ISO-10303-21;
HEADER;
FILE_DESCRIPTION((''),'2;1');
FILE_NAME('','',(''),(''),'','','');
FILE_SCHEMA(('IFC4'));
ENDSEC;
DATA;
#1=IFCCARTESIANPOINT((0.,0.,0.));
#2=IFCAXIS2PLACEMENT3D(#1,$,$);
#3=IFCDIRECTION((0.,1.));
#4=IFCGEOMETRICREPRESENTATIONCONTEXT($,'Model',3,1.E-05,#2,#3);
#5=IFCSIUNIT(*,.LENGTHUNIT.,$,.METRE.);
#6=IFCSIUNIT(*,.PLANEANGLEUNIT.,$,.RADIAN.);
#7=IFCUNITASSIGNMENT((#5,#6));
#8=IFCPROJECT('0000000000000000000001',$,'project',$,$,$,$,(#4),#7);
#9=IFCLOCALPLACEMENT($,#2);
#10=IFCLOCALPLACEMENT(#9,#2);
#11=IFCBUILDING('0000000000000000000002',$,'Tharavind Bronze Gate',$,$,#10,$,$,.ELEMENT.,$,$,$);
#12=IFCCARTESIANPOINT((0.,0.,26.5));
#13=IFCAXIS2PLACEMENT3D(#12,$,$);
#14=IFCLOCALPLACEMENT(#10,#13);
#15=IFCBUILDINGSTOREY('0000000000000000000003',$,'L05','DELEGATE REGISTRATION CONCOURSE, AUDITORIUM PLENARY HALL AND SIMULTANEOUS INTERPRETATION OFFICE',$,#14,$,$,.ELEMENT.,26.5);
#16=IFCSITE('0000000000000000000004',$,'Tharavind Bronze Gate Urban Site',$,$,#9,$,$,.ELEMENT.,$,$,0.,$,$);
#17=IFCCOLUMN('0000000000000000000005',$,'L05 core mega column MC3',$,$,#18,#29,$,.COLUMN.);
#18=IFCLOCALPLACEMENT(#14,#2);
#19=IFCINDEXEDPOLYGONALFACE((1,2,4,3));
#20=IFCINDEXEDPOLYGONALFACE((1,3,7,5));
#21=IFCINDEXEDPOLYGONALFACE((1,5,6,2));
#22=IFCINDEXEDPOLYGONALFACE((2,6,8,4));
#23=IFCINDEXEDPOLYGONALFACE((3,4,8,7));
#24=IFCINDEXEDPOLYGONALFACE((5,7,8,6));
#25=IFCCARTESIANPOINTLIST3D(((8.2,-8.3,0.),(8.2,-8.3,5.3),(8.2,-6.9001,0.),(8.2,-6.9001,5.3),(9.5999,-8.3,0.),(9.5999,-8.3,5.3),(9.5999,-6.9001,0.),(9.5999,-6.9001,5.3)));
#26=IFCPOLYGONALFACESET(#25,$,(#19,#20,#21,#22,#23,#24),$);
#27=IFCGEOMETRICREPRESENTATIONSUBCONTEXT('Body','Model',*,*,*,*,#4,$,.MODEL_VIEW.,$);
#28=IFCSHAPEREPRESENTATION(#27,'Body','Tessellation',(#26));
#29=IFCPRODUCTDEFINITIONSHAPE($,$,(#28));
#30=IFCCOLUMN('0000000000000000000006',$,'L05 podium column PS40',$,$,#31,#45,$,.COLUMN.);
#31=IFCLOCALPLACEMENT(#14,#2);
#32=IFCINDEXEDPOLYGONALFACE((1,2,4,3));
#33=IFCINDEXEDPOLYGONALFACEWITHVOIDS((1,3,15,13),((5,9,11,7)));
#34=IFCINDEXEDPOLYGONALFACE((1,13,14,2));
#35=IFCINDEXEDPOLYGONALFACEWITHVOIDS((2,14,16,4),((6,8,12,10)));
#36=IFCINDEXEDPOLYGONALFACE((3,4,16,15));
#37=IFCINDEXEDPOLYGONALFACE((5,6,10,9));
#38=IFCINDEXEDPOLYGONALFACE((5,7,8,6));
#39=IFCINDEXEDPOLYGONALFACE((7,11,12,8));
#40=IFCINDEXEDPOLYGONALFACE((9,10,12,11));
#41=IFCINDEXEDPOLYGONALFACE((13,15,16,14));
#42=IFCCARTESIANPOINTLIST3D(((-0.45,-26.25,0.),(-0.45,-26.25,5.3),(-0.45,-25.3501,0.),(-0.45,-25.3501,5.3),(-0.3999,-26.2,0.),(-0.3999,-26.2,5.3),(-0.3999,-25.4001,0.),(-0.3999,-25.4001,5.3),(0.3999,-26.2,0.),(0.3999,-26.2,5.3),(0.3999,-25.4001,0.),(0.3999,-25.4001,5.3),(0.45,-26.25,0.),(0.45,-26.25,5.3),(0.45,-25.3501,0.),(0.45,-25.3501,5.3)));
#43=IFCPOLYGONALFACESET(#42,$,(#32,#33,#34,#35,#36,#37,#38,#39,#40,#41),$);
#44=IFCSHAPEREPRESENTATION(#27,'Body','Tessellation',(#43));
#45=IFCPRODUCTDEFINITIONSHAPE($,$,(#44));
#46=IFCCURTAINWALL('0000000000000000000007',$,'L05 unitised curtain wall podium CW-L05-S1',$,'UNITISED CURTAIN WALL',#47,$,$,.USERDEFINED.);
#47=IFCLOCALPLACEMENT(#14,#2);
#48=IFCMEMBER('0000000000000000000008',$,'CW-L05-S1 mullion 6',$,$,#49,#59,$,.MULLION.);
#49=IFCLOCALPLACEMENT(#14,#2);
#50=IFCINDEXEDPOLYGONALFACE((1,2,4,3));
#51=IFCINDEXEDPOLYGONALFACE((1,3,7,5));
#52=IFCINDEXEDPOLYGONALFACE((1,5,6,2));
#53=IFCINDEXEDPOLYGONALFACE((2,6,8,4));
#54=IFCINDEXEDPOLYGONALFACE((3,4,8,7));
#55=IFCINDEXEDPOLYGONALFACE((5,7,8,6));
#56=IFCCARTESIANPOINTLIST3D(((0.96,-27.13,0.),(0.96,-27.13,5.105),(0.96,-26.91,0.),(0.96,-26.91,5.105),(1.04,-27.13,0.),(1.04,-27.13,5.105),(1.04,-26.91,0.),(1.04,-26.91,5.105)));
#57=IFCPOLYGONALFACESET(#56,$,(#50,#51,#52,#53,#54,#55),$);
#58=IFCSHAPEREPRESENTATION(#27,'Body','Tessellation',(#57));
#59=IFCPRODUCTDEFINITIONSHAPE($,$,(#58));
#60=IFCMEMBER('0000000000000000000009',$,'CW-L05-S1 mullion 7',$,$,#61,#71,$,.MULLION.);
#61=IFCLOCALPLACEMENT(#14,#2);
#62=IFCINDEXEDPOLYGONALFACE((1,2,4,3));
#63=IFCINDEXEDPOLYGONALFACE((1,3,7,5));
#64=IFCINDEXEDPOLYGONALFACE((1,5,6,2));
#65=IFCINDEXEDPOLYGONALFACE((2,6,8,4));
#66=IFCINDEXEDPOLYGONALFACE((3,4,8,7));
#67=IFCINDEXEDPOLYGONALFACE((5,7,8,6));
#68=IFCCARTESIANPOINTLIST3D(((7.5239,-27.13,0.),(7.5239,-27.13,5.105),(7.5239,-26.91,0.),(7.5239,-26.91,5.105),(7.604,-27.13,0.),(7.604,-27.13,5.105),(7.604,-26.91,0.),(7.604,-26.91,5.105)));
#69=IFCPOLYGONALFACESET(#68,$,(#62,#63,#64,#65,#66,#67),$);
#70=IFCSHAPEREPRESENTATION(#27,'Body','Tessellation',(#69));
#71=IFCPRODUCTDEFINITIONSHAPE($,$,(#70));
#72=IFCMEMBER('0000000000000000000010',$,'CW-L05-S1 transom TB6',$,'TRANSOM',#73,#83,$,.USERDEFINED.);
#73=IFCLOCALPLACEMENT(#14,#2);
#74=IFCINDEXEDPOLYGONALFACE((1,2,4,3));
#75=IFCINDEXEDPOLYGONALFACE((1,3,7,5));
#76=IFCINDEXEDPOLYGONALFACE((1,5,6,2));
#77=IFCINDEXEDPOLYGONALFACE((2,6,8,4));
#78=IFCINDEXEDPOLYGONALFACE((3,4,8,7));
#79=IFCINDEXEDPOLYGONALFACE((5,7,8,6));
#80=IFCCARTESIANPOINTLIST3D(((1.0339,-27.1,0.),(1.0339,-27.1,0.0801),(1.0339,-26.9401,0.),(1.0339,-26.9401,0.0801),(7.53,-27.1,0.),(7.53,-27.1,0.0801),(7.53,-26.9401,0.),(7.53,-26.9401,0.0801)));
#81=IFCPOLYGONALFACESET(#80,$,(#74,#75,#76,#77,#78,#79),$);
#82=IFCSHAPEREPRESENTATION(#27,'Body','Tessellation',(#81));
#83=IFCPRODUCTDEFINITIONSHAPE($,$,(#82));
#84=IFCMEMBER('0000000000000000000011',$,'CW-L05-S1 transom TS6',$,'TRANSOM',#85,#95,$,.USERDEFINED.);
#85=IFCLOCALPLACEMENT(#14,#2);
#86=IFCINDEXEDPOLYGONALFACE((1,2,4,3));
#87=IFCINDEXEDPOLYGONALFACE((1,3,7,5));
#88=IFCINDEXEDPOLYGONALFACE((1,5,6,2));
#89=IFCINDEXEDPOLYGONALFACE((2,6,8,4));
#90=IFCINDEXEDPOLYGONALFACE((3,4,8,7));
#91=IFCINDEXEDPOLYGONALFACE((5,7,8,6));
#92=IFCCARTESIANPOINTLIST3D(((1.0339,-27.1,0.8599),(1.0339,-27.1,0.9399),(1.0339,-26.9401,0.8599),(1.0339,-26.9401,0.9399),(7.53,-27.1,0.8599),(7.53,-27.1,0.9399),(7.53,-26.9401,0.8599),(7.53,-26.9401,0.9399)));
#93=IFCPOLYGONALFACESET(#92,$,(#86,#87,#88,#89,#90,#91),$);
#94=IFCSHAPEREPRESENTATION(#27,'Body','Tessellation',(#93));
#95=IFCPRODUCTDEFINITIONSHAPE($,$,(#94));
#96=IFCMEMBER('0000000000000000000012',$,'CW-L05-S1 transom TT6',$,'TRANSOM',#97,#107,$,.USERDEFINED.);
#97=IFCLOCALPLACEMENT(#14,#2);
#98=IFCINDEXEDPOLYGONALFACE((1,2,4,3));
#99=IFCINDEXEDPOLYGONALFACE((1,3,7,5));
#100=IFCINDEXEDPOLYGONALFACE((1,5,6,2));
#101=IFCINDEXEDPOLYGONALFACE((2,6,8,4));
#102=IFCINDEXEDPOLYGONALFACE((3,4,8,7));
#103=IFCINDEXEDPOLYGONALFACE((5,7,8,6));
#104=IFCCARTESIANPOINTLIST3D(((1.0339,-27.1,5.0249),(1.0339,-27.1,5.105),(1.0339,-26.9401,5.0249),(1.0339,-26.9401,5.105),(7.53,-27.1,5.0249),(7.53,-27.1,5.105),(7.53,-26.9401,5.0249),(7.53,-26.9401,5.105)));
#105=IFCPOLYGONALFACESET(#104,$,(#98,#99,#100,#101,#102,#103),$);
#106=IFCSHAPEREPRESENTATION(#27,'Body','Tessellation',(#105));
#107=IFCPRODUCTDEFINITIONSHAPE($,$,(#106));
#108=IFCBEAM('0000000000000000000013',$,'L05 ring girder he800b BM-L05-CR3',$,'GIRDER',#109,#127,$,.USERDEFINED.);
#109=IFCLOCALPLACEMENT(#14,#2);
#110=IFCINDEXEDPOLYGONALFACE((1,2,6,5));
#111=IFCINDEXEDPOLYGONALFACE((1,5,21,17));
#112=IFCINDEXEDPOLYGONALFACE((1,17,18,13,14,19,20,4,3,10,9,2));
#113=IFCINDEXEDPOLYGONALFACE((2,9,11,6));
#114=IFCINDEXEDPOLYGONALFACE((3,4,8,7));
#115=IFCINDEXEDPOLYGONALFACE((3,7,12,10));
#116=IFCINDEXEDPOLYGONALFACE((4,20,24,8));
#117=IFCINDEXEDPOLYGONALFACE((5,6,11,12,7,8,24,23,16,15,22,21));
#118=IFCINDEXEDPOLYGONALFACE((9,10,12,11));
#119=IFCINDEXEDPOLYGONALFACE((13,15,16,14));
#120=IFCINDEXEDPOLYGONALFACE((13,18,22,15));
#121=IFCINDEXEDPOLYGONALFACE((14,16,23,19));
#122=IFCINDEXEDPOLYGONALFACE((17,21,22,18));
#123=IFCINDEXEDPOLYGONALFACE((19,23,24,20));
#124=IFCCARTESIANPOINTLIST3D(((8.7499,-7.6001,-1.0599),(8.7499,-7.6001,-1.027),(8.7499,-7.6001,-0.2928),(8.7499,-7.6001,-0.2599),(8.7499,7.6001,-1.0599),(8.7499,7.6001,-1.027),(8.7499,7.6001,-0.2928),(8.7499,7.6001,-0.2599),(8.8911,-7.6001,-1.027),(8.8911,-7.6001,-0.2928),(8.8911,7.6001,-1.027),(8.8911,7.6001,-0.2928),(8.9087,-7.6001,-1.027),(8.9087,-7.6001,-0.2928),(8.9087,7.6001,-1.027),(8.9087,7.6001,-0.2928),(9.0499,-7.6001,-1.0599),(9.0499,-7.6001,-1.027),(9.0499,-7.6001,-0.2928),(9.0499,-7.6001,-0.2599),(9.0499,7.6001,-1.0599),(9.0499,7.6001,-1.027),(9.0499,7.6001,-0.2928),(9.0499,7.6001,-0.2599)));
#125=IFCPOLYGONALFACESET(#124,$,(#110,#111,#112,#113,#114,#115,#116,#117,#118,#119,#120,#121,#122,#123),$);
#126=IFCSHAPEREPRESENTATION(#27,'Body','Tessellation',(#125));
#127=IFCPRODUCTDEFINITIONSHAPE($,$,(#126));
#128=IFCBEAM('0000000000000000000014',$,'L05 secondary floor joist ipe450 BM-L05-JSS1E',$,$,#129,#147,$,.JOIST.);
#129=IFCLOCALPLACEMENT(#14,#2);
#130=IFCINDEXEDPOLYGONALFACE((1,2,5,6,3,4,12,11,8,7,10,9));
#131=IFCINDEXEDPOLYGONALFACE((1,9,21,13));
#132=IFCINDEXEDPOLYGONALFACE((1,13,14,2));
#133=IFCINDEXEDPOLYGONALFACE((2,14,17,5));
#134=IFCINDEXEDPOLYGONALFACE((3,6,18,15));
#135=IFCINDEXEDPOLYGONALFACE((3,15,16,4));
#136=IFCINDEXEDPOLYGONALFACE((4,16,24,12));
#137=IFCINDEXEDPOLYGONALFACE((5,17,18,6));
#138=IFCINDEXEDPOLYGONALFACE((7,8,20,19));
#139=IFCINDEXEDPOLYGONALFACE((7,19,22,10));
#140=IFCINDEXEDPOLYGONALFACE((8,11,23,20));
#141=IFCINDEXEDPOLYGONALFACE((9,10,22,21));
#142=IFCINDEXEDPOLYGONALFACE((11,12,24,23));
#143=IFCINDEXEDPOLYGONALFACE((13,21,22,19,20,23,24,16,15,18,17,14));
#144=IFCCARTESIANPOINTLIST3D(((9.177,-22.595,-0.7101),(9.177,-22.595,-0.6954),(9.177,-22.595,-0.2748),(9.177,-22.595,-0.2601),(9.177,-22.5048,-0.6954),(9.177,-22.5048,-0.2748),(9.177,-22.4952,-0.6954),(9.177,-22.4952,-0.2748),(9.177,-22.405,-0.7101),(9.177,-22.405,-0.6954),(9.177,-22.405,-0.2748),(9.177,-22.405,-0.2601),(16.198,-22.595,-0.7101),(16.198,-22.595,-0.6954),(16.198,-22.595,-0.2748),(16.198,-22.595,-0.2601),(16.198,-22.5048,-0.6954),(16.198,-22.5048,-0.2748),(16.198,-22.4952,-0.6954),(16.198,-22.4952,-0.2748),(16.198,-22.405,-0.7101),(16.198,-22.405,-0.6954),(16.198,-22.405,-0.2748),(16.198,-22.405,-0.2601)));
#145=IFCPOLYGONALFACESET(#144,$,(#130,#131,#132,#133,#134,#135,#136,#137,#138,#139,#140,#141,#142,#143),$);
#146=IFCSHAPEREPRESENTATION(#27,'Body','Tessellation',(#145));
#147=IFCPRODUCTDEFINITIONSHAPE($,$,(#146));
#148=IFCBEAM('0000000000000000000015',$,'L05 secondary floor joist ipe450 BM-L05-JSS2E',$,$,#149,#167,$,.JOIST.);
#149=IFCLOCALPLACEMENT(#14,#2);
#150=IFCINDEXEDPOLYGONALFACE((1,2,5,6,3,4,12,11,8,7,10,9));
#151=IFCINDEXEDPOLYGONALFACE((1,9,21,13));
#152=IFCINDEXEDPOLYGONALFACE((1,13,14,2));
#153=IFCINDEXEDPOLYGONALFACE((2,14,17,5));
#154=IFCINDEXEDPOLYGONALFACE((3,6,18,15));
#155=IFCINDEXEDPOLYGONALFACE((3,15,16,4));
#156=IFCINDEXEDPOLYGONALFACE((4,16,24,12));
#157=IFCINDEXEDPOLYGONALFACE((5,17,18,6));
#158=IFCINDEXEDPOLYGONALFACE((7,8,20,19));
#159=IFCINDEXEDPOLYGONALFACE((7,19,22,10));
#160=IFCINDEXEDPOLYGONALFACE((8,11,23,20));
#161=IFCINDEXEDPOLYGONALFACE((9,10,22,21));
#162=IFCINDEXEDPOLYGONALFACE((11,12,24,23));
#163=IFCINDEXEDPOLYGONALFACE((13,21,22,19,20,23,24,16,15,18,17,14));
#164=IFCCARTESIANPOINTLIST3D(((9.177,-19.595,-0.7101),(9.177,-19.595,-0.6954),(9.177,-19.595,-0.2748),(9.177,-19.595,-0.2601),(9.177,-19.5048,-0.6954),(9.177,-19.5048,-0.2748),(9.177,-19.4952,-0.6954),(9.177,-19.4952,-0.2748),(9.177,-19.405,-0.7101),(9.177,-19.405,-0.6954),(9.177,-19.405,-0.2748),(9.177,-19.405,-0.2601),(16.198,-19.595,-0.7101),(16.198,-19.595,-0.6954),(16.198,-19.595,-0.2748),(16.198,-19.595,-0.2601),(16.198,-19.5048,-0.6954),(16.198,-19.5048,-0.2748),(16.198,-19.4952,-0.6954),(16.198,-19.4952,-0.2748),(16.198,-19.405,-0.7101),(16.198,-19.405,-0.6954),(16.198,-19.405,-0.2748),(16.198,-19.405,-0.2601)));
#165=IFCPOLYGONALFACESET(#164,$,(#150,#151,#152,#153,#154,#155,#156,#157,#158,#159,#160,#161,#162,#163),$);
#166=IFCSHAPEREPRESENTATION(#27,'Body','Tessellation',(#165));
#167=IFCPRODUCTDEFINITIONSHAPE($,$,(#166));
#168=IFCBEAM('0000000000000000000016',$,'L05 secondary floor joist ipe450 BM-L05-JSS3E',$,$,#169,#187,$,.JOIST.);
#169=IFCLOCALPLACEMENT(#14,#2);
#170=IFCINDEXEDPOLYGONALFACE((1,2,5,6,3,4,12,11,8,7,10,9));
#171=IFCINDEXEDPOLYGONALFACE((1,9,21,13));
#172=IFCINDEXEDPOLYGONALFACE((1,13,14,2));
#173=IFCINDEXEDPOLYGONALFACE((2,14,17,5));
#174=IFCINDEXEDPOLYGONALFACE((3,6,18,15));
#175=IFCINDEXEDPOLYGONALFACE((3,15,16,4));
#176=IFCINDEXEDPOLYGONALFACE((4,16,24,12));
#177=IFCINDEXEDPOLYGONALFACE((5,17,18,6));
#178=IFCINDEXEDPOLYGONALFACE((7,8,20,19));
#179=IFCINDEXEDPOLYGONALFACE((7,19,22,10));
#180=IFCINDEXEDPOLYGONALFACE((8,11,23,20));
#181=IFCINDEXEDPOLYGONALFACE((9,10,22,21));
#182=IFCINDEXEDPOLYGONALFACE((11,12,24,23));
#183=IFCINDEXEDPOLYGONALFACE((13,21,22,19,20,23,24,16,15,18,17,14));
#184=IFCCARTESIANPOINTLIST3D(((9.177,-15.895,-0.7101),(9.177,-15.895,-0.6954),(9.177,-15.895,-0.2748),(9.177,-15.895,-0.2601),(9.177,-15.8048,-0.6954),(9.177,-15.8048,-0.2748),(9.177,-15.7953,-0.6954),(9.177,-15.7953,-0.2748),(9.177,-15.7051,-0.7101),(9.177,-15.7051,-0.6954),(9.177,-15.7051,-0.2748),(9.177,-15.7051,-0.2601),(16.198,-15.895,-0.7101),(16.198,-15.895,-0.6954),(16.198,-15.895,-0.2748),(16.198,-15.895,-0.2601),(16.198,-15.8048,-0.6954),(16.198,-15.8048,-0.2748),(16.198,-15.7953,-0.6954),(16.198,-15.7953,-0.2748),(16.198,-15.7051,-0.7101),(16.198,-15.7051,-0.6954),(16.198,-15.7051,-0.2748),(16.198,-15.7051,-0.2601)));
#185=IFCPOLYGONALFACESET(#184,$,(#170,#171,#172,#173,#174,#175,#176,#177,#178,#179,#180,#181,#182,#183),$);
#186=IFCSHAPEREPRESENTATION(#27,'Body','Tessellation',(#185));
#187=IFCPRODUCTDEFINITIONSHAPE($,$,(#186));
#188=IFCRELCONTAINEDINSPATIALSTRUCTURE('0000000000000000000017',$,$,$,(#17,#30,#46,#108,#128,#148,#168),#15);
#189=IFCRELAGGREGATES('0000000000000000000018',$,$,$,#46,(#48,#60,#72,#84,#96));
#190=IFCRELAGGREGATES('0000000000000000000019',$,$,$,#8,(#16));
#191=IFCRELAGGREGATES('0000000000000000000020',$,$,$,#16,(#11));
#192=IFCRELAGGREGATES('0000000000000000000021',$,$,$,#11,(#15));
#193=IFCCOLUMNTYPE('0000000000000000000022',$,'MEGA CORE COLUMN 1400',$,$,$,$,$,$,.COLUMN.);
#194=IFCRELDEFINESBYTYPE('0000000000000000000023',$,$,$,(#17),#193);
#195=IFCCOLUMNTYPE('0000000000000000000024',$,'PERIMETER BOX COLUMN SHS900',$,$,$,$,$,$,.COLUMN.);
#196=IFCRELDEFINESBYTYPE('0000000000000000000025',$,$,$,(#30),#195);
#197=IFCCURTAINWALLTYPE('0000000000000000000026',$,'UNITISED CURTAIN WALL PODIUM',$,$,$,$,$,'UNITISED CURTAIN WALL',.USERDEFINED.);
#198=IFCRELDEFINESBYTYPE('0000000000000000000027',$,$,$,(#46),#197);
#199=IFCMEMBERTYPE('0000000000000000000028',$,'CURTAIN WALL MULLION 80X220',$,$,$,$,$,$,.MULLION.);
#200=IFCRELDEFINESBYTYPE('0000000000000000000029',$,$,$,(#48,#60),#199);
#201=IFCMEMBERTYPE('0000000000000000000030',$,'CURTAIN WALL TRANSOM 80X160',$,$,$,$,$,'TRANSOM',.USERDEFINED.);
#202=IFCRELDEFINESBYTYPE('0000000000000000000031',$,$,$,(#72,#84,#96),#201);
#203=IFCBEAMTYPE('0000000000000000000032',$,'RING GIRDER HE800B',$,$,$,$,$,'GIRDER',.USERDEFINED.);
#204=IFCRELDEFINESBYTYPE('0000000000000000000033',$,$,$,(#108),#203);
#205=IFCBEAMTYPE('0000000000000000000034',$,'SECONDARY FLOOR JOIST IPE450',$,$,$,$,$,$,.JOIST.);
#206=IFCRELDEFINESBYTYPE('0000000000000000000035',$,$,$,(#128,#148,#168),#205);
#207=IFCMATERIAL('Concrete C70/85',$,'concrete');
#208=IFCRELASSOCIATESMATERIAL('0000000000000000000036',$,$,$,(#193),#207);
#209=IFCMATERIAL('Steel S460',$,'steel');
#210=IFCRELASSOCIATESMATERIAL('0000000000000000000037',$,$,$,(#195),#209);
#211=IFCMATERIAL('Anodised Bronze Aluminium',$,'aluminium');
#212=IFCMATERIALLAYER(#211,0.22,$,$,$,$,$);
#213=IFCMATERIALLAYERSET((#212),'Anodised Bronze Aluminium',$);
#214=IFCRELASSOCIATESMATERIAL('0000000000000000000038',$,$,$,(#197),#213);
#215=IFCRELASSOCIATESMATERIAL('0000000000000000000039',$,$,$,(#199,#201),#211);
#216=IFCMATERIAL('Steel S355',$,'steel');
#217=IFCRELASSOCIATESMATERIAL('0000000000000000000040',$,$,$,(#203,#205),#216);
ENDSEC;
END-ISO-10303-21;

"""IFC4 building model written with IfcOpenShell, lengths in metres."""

from ifc_helpers import new_model, si_unit, direction, frame, origin, origin_2d, place, context, subcontext, project, spatial, rectangle, hollow_rectangle, i_section, extrude, material, layer, layer_set, material_profile, profile_set, type_object, element, aggregate, save


model = new_model("IFC4")

# Units and contexts
model_context = context("Model", 3, precision=1e-05, world=origin(), true_north=direction((0.0, 1.0)))
body_context = subcontext(model_context, "Body", "Model", "MODEL_VIEW")
ifc_project = project(units=[si_unit("LENGTHUNIT", "METRE"), si_unit("PLANEANGLEUNIT", "RADIAN")], contexts=[model_context])

# Site, building, storey
site_placement = place(None, origin())
site = spatial("IfcSite", under=ifc_project, at=site_placement, Name="Tharavind Bronze Gate Urban Site", CompositionType="ELEMENT", RefElevation=0.0)
building_placement = place(site_placement, origin())
building = spatial("IfcBuilding", under=site, at=building_placement, Name="Tharavind Bronze Gate", CompositionType="ELEMENT")
storey_placement = place(building_placement, frame((0.0, 0.0, 26.5)))
storey = spatial("IfcBuildingStorey", under=building, at=storey_placement, Name="L05", Description="DELEGATE REGISTRATION CONCOURSE, AUDITORIUM PLENARY HALL AND SIMULTANEOUS INTERPRETATION OFFICE", CompositionType="ELEMENT", Elevation=26.5)

# Columns
ifc_material_1 = material(Name="Concrete C70/85", Category="concrete")
ifc_material_profile_1 = material_profile(ifc_material_1, rectangle(XDim=1.3999, YDim=1.3999, at=origin_2d()), Name="RCCOL1400")
ifc_profile_set_1 = profile_set([ifc_material_profile_1], Name="Concrete C70/85")
column_type_1 = type_object("IfcColumnType", Name="MEGA CORE COLUMN 1400", PredefinedType="COLUMN", material=ifc_profile_set_1)
column_1_placement = place(storey_placement, frame((8.8999, -7.6001, 0.0), z_axis=(0.0, 0.0, 1.0), x_axis=(1.0, 0.0, 0.0)))
element("IfcColumn", 1, at=column_1_placement, inside=storey, type_object=column_type_1, Name="L05 core mega column MC3", PredefinedType="COLUMN", context=body_context, shape_type="SweptSolid", body=[
    extrude(rectangle(XDim=1.3999, YDim=1.3999, at=origin_2d()), origin(), (0.0, 0.0, 1.0), 5.3),
])
ifc_material_2 = material(Name="Steel S460", Category="steel")
ifc_material_profile_2 = material_profile(ifc_material_2, hollow_rectangle(XDim=0.8999, YDim=0.8999, WallThickness=0.05, at=origin_2d()), Name="SHS900X50")
ifc_profile_set_2 = profile_set([ifc_material_profile_2], Name="Steel S460")
column_type_2 = type_object("IfcColumnType", Name="PERIMETER BOX COLUMN SHS900", PredefinedType="COLUMN", material=ifc_profile_set_2)
column_2_placement = place(storey_placement, frame((0.0, -25.8, 0.0), z_axis=(0.0, 0.0, 1.0), x_axis=(1.0, 0.0, 0.0)))
element("IfcColumn", 2, at=column_2_placement, inside=storey, type_object=column_type_2, Name="L05 podium column PS40", PredefinedType="COLUMN", context=body_context, shape_type="SweptSolid", body=[
    extrude(hollow_rectangle(XDim=0.8999, YDim=0.8999, WallThickness=0.05, at=origin_2d()), origin(), (0.0, 0.0, 1.0), 5.3),
])

# Curtain wall, members
ifc_material_3 = material(Name="Anodised Bronze Aluminium", Category="aluminium")
ifc_layer_1 = layer(ifc_material_3, 0.22)
ifc_layer_set_1 = layer_set([ifc_layer_1], Name="Anodised Bronze Aluminium")
curtain_wall_type = type_object("IfcCurtainWallType", Name="UNITISED CURTAIN WALL PODIUM", ElementType="UNITISED CURTAIN WALL", PredefinedType="USERDEFINED", material=ifc_layer_set_1)
curtain_wall_placement = place(storey_placement, origin())
curtain_wall = element("IfcCurtainWall", 3, at=curtain_wall_placement, inside=storey, type_object=curtain_wall_type, Name="L05 unitised curtain wall podium CW-L05-S1", ObjectType="UNITISED CURTAIN WALL", PredefinedType="USERDEFINED")
member_type_1 = type_object("IfcMemberType", Name="CURTAIN WALL MULLION 80X220", PredefinedType="MULLION", material=ifc_material_3)
member_1_placement = place(storey_placement, frame((1.0, -27.02, 0.0), z_axis=(0.0, 0.0, 1.0), x_axis=(1.0, 0.0, 0.0)))
member_1 = element("IfcMember", 4, at=member_1_placement, type_object=member_type_1, Name="CW-L05-S1 mullion 6", PredefinedType="MULLION", context=body_context, shape_type="SweptSolid", body=[
    extrude(rectangle(XDim=0.0801, YDim=0.22, at=origin_2d()), origin(), (0.0, 0.0, 1.0), 5.105),
])
member_2_placement = place(storey_placement, frame((7.564, -27.02, 0.0), z_axis=(0.0, 0.0, 1.0), x_axis=(1.0, 0.0, 0.0)))
member_2 = element("IfcMember", 5, at=member_2_placement, type_object=member_type_1, Name="CW-L05-S1 mullion 7", PredefinedType="MULLION", context=body_context, shape_type="SweptSolid", body=[
    extrude(rectangle(XDim=0.0801, YDim=0.22, at=origin_2d()), origin(), (0.0, 0.0, 1.0), 5.105),
])
member_type_2 = type_object("IfcMemberType", Name="CURTAIN WALL TRANSOM 80X160", ElementType="TRANSOM", PredefinedType="USERDEFINED", material=ifc_material_3)
member_3_placement = place(storey_placement, frame((4.282, -27.02, 0.0), z_axis=(0.0, 0.0, 1.0), x_axis=(1.0, 0.0, 0.0)))
member_3 = element("IfcMember", 6, at=member_3_placement, type_object=member_type_2, Name="CW-L05-S1 transom TB6", ObjectType="TRANSOM", PredefinedType="USERDEFINED", context=body_context, shape_type="SweptSolid", body=[
    extrude(rectangle(XDim=6.4961, YDim=0.1599, at=origin_2d()), origin(), (0.0, 0.0, 1.0), 0.0801),
])
member_4_placement = place(storey_placement, frame((4.282, -27.02, 0.8599), z_axis=(0.0, 0.0, 1.0), x_axis=(1.0, 0.0, 0.0)))
member_4 = element("IfcMember", 7, at=member_4_placement, type_object=member_type_2, Name="CW-L05-S1 transom TS6", ObjectType="TRANSOM", PredefinedType="USERDEFINED", context=body_context, shape_type="SweptSolid", body=[
    extrude(rectangle(XDim=6.4961, YDim=0.1599, at=origin_2d()), origin(), (0.0, 0.0, 1.0), 0.0801),
])
member_5_placement = place(storey_placement, frame((4.282, -27.02, 5.0249), z_axis=(0.0, 0.0, 1.0), x_axis=(1.0, 0.0, 0.0)))
member_5 = element("IfcMember", 8, at=member_5_placement, type_object=member_type_2, Name="CW-L05-S1 transom TT6", ObjectType="TRANSOM", PredefinedType="USERDEFINED", context=body_context, shape_type="SweptSolid", body=[
    extrude(rectangle(XDim=6.4961, YDim=0.1599, at=origin_2d()), origin(), (0.0, 0.0, 1.0), 0.0801),
])

# Beams
ifc_material_4 = material(Name="Steel S355", Category="steel")
ifc_material_profile_3 = material_profile(ifc_material_4, i_section(OverallWidth=0.3, OverallDepth=0.8, WebThickness=0.0176, FlangeThickness=0.033, at=origin_2d()), Name="HE800B")
ifc_profile_set_3 = profile_set([ifc_material_profile_3], Name="Steel S355")
beam_type_1 = type_object("IfcBeamType", Name="RING GIRDER HE800B", ElementType="GIRDER", PredefinedType="USERDEFINED", material=ifc_profile_set_3)
beam_1_placement = place(storey_placement, frame((8.8999, -7.6001, -0.6599), z_axis=(0.0, 1.0, 0.0), x_axis=(-1.0, 0.0, 0.0)))
element("IfcBeam", 9, at=beam_1_placement, inside=storey, type_object=beam_type_1, Name="L05 ring girder he800b BM-L05-CR3", ObjectType="GIRDER", PredefinedType="USERDEFINED", context=body_context, shape_type="SweptSolid", body=[
    extrude(i_section(OverallWidth=0.3, OverallDepth=0.8, WebThickness=0.0176, FlangeThickness=0.033, at=origin_2d()), origin(), (0.0, 0.0, 1.0), 15.2002),
])
ifc_material_profile_4 = material_profile(ifc_material_4, i_section(OverallWidth=0.1899, OverallDepth=0.45, WebThickness=0.0095, FlangeThickness=0.0146, at=origin_2d()), Name="IPE450")
ifc_profile_set_4 = profile_set([ifc_material_profile_4], Name="Steel S355")
beam_type_2 = type_object("IfcBeamType", Name="SECONDARY FLOOR JOIST IPE450", PredefinedType="JOIST", material=ifc_profile_set_4)
for number, where, z_axis, x_axis, name in (
    (10, (9.177, -22.5, -0.4851), (1.0, 0.0, 0.0), (0.0, 1.0, 0.0), "L05 secondary floor joist ipe450 BM-L05-JSS1E"),
    (11, (9.177, -19.5, -0.4851), (1.0, 0.0, 0.0), (0.0, 1.0, 0.0), "L05 secondary floor joist ipe450 BM-L05-JSS2E"),
    (12, (9.177, -15.8, -0.4851), (1.0, 0.0, 0.0), (0.0, 1.0, 0.0), "L05 secondary floor joist ipe450 BM-L05-JSS3E"),
):
    element("IfcBeam", number, at=place(storey_placement, frame(where, z_axis=z_axis, x_axis=x_axis)), inside=storey, type_object=beam_type_2, Name=name, PredefinedType="JOIST", context=body_context, shape_type="SweptSolid", body=[
        extrude(i_section(OverallWidth=0.1899, OverallDepth=0.45, WebThickness=0.0095, FlangeThickness=0.0146, at=origin_2d()), origin(), (0.0, 0.0, 1.0), 7.021),
    ])

aggregate(curtain_wall, [member_1, member_2, member_3, member_4, member_5])

save(model, "model.ifc")
